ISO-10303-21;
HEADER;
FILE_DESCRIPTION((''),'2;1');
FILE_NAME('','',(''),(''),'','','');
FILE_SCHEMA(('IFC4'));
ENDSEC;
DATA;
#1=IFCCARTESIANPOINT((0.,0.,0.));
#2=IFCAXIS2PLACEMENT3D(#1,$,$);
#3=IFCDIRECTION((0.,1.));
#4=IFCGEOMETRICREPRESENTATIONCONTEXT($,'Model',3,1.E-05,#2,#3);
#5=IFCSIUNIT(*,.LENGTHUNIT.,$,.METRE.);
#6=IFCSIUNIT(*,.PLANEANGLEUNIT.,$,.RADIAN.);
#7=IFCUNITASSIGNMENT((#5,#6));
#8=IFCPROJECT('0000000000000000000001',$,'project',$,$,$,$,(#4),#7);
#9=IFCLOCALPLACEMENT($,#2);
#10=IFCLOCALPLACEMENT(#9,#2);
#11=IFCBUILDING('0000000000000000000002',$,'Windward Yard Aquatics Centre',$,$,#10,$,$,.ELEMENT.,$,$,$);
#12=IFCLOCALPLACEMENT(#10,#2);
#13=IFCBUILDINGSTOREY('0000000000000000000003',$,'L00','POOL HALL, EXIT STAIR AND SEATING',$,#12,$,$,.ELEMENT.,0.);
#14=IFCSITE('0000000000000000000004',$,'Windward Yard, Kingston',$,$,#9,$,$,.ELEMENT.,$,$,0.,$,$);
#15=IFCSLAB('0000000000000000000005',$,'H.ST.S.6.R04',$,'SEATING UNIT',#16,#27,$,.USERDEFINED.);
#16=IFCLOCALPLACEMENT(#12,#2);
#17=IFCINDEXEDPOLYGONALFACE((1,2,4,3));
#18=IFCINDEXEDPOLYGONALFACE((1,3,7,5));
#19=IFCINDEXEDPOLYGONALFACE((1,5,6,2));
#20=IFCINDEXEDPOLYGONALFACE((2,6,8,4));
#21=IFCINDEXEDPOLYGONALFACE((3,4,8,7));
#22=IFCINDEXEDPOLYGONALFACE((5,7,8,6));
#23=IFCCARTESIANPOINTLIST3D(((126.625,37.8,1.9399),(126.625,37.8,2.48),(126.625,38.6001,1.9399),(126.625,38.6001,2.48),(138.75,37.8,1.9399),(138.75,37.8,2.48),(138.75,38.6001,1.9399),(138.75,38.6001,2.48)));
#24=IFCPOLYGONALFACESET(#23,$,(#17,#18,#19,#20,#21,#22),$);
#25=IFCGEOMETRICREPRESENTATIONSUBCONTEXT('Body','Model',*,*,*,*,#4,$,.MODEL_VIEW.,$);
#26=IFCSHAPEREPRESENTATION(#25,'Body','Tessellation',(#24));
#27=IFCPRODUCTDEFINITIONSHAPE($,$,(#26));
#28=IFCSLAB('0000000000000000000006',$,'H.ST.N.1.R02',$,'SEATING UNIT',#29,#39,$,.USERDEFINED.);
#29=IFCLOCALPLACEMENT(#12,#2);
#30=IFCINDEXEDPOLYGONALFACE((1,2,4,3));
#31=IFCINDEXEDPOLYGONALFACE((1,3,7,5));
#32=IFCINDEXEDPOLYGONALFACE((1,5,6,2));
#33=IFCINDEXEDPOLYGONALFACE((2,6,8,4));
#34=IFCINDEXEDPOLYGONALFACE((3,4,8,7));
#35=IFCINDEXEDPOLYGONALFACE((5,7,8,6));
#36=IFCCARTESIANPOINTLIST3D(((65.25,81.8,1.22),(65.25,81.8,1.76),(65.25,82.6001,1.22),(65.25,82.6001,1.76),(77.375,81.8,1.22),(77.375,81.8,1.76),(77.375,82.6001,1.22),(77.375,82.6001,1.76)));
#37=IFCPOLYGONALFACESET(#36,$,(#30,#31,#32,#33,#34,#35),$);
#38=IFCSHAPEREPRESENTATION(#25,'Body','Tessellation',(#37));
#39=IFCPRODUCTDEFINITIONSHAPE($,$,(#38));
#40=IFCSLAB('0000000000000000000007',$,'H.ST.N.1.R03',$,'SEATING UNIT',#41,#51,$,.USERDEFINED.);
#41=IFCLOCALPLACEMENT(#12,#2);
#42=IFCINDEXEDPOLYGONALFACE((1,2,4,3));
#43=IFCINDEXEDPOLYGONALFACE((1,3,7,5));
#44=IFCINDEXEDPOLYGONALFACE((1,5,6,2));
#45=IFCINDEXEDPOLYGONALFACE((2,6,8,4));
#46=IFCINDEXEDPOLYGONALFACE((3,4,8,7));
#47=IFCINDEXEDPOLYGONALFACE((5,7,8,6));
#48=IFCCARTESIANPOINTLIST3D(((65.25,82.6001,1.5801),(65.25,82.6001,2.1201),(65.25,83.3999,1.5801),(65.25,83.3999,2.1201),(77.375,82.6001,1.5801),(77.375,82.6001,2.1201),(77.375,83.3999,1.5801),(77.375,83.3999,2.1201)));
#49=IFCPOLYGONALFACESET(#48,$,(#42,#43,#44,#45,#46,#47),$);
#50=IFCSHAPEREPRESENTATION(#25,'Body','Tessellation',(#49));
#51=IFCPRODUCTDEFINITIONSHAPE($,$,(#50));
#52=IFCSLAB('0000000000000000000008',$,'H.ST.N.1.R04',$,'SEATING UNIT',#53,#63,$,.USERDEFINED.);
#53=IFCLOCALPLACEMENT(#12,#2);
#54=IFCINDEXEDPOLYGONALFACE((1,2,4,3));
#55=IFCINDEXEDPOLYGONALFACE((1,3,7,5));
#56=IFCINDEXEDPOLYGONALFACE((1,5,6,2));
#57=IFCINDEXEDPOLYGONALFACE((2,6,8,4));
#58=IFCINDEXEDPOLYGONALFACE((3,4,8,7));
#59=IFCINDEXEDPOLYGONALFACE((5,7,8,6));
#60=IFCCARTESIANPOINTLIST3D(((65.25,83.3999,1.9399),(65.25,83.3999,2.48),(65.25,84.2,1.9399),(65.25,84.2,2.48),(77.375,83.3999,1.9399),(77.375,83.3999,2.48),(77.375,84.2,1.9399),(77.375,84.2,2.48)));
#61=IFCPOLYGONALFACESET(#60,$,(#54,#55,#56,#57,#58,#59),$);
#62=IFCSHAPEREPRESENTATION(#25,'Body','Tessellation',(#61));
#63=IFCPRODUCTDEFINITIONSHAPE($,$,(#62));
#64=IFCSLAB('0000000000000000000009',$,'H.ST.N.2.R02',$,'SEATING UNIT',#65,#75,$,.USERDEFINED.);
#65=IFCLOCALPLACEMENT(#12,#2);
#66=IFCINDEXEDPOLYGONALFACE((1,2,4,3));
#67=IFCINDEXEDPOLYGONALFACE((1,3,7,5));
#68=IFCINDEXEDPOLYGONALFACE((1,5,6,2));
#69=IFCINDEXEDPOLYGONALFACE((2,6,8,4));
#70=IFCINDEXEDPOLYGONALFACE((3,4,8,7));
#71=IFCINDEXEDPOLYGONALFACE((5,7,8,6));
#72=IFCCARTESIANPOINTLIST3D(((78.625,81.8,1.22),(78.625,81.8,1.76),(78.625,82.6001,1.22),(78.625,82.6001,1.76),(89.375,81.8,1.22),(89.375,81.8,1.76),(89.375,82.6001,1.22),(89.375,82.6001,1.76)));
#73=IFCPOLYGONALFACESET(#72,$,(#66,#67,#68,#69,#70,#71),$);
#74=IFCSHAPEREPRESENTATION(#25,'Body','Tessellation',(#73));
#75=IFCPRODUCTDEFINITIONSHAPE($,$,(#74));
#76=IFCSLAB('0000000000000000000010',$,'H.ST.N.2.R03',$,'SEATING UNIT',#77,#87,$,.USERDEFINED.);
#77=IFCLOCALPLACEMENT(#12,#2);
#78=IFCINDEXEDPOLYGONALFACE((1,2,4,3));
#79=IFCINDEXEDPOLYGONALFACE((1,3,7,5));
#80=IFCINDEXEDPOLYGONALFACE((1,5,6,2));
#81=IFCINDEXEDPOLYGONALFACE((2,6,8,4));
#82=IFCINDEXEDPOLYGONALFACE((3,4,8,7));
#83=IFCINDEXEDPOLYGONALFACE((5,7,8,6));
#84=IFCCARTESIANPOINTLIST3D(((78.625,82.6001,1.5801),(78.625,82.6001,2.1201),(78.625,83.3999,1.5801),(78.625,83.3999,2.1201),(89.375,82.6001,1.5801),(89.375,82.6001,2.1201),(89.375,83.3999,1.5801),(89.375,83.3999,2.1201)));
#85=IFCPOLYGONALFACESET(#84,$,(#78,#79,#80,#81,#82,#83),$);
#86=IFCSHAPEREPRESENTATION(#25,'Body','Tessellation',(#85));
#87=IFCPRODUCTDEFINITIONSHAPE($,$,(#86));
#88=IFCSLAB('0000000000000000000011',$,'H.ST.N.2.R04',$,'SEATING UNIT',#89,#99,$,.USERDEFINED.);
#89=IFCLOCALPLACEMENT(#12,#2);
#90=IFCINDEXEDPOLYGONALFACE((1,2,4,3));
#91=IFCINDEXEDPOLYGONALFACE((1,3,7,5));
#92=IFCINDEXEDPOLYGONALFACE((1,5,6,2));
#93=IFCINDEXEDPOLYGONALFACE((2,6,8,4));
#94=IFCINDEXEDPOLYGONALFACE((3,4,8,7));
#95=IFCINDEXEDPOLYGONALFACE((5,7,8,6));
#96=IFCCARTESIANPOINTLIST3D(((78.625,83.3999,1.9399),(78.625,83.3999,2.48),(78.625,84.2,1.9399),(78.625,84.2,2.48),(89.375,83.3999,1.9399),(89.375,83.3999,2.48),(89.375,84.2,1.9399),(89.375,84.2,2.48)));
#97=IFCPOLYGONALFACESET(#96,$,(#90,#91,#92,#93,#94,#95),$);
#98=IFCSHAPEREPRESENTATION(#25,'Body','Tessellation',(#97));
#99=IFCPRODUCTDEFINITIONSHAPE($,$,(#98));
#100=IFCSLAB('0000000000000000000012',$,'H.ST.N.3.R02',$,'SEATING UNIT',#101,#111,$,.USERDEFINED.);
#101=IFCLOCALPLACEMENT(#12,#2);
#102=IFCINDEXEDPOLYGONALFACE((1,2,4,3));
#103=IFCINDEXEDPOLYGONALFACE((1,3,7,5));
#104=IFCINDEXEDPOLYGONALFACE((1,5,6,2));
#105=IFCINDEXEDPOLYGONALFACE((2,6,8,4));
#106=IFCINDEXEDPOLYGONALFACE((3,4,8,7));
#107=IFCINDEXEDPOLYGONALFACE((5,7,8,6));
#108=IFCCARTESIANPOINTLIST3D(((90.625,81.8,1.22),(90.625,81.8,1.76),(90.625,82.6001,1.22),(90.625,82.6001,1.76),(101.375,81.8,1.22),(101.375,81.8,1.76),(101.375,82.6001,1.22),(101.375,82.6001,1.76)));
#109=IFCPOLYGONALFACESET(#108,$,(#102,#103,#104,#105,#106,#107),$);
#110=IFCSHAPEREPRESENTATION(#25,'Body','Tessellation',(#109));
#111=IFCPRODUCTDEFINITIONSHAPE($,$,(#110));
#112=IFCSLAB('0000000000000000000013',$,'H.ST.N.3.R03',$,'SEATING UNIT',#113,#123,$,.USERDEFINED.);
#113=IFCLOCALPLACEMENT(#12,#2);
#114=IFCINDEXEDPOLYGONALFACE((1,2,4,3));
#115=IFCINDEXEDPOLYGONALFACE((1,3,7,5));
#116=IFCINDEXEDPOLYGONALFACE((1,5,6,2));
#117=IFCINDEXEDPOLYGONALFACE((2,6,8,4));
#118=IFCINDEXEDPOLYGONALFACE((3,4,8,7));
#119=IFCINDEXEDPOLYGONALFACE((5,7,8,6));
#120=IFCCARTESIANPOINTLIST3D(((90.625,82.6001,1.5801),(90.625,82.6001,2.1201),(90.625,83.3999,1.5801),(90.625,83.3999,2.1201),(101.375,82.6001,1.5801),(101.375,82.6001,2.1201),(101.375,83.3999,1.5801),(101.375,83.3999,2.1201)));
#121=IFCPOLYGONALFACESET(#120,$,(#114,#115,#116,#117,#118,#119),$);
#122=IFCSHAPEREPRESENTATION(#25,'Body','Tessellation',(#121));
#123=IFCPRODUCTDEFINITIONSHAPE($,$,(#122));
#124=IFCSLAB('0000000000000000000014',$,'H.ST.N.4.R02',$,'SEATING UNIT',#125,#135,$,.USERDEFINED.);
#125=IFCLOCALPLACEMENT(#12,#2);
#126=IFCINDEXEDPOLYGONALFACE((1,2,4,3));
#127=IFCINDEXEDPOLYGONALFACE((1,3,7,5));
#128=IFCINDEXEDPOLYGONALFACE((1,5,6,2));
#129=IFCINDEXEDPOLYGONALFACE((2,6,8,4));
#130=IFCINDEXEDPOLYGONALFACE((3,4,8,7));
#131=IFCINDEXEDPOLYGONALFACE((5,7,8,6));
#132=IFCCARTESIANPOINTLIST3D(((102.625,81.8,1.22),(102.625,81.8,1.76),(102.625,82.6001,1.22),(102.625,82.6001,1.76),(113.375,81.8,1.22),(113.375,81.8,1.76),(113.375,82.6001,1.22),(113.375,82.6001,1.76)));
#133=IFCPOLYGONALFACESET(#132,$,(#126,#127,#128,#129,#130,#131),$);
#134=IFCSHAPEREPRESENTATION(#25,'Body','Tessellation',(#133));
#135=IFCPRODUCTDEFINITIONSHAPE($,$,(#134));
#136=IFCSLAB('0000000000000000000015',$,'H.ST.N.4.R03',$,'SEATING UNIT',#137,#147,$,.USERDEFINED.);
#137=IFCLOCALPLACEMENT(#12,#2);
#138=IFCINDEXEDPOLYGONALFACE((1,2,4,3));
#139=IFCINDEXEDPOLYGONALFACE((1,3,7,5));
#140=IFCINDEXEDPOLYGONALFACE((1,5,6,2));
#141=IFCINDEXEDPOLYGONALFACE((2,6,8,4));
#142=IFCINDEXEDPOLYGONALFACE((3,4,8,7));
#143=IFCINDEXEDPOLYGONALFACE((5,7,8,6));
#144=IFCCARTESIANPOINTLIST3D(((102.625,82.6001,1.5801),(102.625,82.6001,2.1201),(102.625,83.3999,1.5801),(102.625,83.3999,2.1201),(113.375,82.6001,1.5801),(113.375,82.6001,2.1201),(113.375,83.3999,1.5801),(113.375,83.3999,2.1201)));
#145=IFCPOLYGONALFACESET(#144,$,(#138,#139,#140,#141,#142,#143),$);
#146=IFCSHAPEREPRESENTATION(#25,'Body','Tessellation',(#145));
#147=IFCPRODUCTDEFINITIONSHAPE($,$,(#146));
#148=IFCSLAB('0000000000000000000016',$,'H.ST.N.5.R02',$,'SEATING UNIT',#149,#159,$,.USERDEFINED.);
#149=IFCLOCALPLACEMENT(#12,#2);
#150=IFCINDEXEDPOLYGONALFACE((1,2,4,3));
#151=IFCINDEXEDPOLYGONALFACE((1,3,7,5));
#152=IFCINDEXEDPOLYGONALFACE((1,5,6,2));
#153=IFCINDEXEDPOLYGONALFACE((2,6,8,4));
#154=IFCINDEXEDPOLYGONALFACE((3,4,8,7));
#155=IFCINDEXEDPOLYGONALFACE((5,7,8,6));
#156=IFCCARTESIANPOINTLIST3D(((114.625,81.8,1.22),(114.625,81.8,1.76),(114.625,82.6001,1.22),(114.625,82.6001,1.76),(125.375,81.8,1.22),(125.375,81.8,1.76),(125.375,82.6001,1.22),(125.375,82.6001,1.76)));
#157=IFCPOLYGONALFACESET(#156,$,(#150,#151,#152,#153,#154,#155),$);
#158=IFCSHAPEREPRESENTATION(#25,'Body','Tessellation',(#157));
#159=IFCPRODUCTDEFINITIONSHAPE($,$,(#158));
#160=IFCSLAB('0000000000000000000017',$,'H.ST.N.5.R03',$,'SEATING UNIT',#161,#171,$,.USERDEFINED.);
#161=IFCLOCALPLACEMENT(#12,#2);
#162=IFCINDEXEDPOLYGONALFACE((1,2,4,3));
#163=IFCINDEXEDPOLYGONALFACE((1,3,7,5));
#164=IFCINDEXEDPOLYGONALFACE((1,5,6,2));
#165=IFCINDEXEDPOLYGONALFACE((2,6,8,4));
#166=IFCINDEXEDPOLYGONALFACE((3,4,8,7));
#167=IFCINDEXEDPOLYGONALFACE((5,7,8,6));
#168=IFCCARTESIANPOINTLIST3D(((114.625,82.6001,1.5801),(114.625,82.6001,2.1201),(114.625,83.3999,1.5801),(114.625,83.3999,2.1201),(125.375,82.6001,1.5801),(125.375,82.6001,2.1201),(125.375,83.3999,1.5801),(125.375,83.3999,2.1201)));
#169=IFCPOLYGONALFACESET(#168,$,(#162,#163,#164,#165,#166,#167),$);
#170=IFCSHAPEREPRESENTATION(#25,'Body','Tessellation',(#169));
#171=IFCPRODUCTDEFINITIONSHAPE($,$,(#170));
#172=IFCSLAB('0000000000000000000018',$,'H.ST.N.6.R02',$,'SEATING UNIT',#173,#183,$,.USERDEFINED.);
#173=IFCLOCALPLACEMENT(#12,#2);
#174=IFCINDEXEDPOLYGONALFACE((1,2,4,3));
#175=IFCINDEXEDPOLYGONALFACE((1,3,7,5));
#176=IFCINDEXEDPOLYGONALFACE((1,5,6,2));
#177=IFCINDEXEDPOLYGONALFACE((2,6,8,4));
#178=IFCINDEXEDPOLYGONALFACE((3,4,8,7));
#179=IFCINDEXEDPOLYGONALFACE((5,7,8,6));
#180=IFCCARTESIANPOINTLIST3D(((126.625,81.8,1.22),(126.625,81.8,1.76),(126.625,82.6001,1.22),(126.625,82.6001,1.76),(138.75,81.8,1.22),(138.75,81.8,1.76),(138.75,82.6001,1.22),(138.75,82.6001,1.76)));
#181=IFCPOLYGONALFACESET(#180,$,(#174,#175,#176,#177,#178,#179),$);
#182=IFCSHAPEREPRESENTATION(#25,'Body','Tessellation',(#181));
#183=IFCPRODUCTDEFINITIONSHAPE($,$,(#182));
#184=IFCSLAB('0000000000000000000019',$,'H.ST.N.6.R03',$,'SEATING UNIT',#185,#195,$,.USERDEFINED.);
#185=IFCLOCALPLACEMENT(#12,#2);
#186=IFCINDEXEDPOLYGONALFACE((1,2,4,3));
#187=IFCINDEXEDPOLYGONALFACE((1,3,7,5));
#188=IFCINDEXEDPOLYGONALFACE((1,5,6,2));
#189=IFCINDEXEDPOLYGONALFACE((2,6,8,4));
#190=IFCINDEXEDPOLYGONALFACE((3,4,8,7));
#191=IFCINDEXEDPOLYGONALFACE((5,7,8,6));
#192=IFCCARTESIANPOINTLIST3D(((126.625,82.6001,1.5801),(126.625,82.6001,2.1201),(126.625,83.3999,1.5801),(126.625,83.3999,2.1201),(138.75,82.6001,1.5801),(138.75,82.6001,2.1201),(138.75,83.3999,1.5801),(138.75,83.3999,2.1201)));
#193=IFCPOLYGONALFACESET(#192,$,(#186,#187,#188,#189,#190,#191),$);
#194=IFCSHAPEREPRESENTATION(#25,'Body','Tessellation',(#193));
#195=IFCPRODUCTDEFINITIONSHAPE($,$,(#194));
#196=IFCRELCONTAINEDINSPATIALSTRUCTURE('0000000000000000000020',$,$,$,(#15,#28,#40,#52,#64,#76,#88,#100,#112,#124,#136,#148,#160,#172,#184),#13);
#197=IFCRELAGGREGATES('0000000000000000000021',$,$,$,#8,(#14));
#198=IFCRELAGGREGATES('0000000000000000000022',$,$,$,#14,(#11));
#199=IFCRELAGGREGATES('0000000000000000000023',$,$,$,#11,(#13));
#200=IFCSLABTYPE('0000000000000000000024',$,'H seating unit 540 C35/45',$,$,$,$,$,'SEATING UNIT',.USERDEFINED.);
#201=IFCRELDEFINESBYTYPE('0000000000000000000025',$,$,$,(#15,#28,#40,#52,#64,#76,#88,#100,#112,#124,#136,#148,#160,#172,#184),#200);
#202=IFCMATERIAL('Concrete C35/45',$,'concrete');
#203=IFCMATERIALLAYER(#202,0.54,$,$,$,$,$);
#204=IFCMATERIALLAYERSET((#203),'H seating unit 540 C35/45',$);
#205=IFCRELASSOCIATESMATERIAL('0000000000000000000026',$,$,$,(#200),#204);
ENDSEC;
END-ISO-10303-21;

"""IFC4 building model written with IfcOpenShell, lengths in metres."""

from ifc_helpers import new_model, si_unit, direction, frame, origin, place, context, subcontext, project, spatial, polyline, outline, extrude, material, layer, layer_set, type_object, element, save


model = new_model("IFC4")

# Units and contexts
model_context = context("Model", 3, precision=1e-05, world=origin(), true_north=direction((0.0, 1.0)))
body_context = subcontext(model_context, "Body", "Model", "MODEL_VIEW")
ifc_project = project(units=[si_unit("LENGTHUNIT", "METRE"), si_unit("PLANEANGLEUNIT", "RADIAN")], contexts=[model_context])

# Site, building, storey
site_placement = place(None, origin())
site = spatial("IfcSite", under=ifc_project, at=site_placement, Name="Windward Yard, Kingston", CompositionType="ELEMENT", RefElevation=0.0)
building_placement = place(site_placement, origin())
building = spatial("IfcBuilding", under=site, at=building_placement, Name="Windward Yard Aquatics Centre", CompositionType="ELEMENT")
storey_placement = place(building_placement, origin())
storey = spatial("IfcBuildingStorey", under=building, at=storey_placement, Name="L00", Description="POOL HALL, EXIT STAIR AND SEATING", CompositionType="ELEMENT", Elevation=0.0)

# Slabs
ifc_material = material(Name="Concrete C35/45", Category="concrete")
ifc_layer = layer(ifc_material, 0.54)
ifc_layer_set = layer_set([ifc_layer], Name="H seating unit 540 C35/45")
slab_type = type_object("IfcSlabType", Name="H seating unit 540 C35/45", ElementType="SEATING UNIT", PredefinedType="USERDEFINED", material=ifc_layer_set)
slab_1_placement = place(storey_placement, frame((0.0, 0.0, 1.9399)))
element("IfcSlab", 1, at=slab_1_placement, inside=storey, type_object=slab_type, Name="H.ST.S.6.R04", ObjectType="SEATING UNIT", PredefinedType="USERDEFINED", context=body_context, shape_type="SweptSolid", body=[
    extrude(outline(polyline([(126.625, 37.8), (138.75, 37.8), (138.75, 38.6001), (126.625, 38.6001), (126.625, 37.8)])), origin(), (0.0, 0.0, 1.0), 0.54),
])
slab_2_placement = place(storey_placement, frame((0.0, 0.0, 1.22)))
element("IfcSlab", 2, at=slab_2_placement, inside=storey, type_object=slab_type, Name="H.ST.N.1.R02", ObjectType="SEATING UNIT", PredefinedType="USERDEFINED", context=body_context, shape_type="SweptSolid", body=[
    extrude(outline(polyline([(65.25, 81.8), (77.375, 81.8), (77.375, 82.6001), (65.25, 82.6001), (65.25, 81.8)])), origin(), (0.0, 0.0, 1.0), 0.54),
])
slab_3_placement = place(storey_placement, frame((0.0, 0.0, 1.5801)))
element("IfcSlab", 3, at=slab_3_placement, inside=storey, type_object=slab_type, Name="H.ST.N.1.R03", ObjectType="SEATING UNIT", PredefinedType="USERDEFINED", context=body_context, shape_type="SweptSolid", body=[
    extrude(outline(polyline([(65.25, 82.6001), (77.375, 82.6001), (77.375, 83.3999), (65.25, 83.3999), (65.25, 82.6001)])), origin(), (0.0, 0.0, 1.0), 0.54),
])
slab_4_placement = place(storey_placement, frame((0.0, 0.0, 1.9399)))
element("IfcSlab", 4, at=slab_4_placement, inside=storey, type_object=slab_type, Name="H.ST.N.1.R04", ObjectType="SEATING UNIT", PredefinedType="USERDEFINED", context=body_context, shape_type="SweptSolid", body=[
    extrude(outline(polyline([(65.25, 83.3999), (77.375, 83.3999), (77.375, 84.2), (65.25, 84.2), (65.25, 83.3999)])), origin(), (0.0, 0.0, 1.0), 0.54),
])
slab_5_placement = place(storey_placement, frame((0.0, 0.0, 1.22)))
element("IfcSlab", 5, at=slab_5_placement, inside=storey, type_object=slab_type, Name="H.ST.N.2.R02", ObjectType="SEATING UNIT", PredefinedType="USERDEFINED", context=body_context, shape_type="SweptSolid", body=[
    extrude(outline(polyline([(78.625, 81.8), (89.375, 81.8), (89.375, 82.6001), (78.625, 82.6001), (78.625, 81.8)])), origin(), (0.0, 0.0, 1.0), 0.54),
])
slab_6_placement = place(storey_placement, frame((0.0, 0.0, 1.5801)))
element("IfcSlab", 6, at=slab_6_placement, inside=storey, type_object=slab_type, Name="H.ST.N.2.R03", ObjectType="SEATING UNIT", PredefinedType="USERDEFINED", context=body_context, shape_type="SweptSolid", body=[
    extrude(outline(polyline([(78.625, 82.6001), (89.375, 82.6001), (89.375, 83.3999), (78.625, 83.3999), (78.625, 82.6001)])), origin(), (0.0, 0.0, 1.0), 0.54),
])
slab_7_placement = place(storey_placement, frame((0.0, 0.0, 1.9399)))
element("IfcSlab", 7, at=slab_7_placement, inside=storey, type_object=slab_type, Name="H.ST.N.2.R04", ObjectType="SEATING UNIT", PredefinedType="USERDEFINED", context=body_context, shape_type="SweptSolid", body=[
    extrude(outline(polyline([(78.625, 83.3999), (89.375, 83.3999), (89.375, 84.2), (78.625, 84.2), (78.625, 83.3999)])), origin(), (0.0, 0.0, 1.0), 0.54),
])
slab_8_placement = place(storey_placement, frame((0.0, 0.0, 1.22)))
element("IfcSlab", 8, at=slab_8_placement, inside=storey, type_object=slab_type, Name="H.ST.N.3.R02", ObjectType="SEATING UNIT", PredefinedType="USERDEFINED", context=body_context, shape_type="SweptSolid", body=[
    extrude(outline(polyline([(90.625, 81.8), (101.375, 81.8), (101.375, 82.6001), (90.625, 82.6001), (90.625, 81.8)])), origin(), (0.0, 0.0, 1.0), 0.54),
])
slab_9_placement = place(storey_placement, frame((0.0, 0.0, 1.5801)))
element("IfcSlab", 9, at=slab_9_placement, inside=storey, type_object=slab_type, Name="H.ST.N.3.R03", ObjectType="SEATING UNIT", PredefinedType="USERDEFINED", context=body_context, shape_type="SweptSolid", body=[
    extrude(outline(polyline([(90.625, 82.6001), (101.375, 82.6001), (101.375, 83.3999), (90.625, 83.3999), (90.625, 82.6001)])), origin(), (0.0, 0.0, 1.0), 0.54),
])
slab_10_placement = place(storey_placement, frame((0.0, 0.0, 1.22)))
element("IfcSlab", 10, at=slab_10_placement, inside=storey, type_object=slab_type, Name="H.ST.N.4.R02", ObjectType="SEATING UNIT", PredefinedType="USERDEFINED", context=body_context, shape_type="SweptSolid", body=[
    extrude(outline(polyline([(102.625, 81.8), (113.375, 81.8), (113.375, 82.6001), (102.625, 82.6001), (102.625, 81.8)])), origin(), (0.0, 0.0, 1.0), 0.54),
])
slab_11_placement = place(storey_placement, frame((0.0, 0.0, 1.5801)))
element("IfcSlab", 11, at=slab_11_placement, inside=storey, type_object=slab_type, Name="H.ST.N.4.R03", ObjectType="SEATING UNIT", PredefinedType="USERDEFINED", context=body_context, shape_type="SweptSolid", body=[
    extrude(outline(polyline([(102.625, 82.6001), (113.375, 82.6001), (113.375, 83.3999), (102.625, 83.3999), (102.625, 82.6001)])), origin(), (0.0, 0.0, 1.0), 0.54),
])
slab_12_placement = place(storey_placement, frame((0.0, 0.0, 1.22)))
element("IfcSlab", 12, at=slab_12_placement, inside=storey, type_object=slab_type, Name="H.ST.N.5.R02", ObjectType="SEATING UNIT", PredefinedType="USERDEFINED", context=body_context, shape_type="SweptSolid", body=[
    extrude(outline(polyline([(114.625, 81.8), (125.375, 81.8), (125.375, 82.6001), (114.625, 82.6001), (114.625, 81.8)])), origin(), (0.0, 0.0, 1.0), 0.54),
])
slab_13_placement = place(storey_placement, frame((0.0, 0.0, 1.5801)))
element("IfcSlab", 13, at=slab_13_placement, inside=storey, type_object=slab_type, Name="H.ST.N.5.R03", ObjectType="SEATING UNIT", PredefinedType="USERDEFINED", context=body_context, shape_type="SweptSolid", body=[
    extrude(outline(polyline([(114.625, 82.6001), (125.375, 82.6001), (125.375, 83.3999), (114.625, 83.3999), (114.625, 82.6001)])), origin(), (0.0, 0.0, 1.0), 0.54),
])
slab_14_placement = place(storey_placement, frame((0.0, 0.0, 1.22)))
element("IfcSlab", 14, at=slab_14_placement, inside=storey, type_object=slab_type, Name="H.ST.N.6.R02", ObjectType="SEATING UNIT", PredefinedType="USERDEFINED", context=body_context, shape_type="SweptSolid", body=[
    extrude(outline(polyline([(126.625, 81.8), (138.75, 81.8), (138.75, 82.6001), (126.625, 82.6001), (126.625, 81.8)])), origin(), (0.0, 0.0, 1.0), 0.54),
])
slab_15_placement = place(storey_placement, frame((0.0, 0.0, 1.5801)))
element("IfcSlab", 15, at=slab_15_placement, inside=storey, type_object=slab_type, Name="H.ST.N.6.R03", ObjectType="SEATING UNIT", PredefinedType="USERDEFINED", context=body_context, shape_type="SweptSolid", body=[
    extrude(outline(polyline([(126.625, 82.6001), (138.75, 82.6001), (138.75, 83.3999), (126.625, 83.3999), (126.625, 82.6001)])), origin(), (0.0, 0.0, 1.0), 0.54),
])

save(model, "model.ifc")
